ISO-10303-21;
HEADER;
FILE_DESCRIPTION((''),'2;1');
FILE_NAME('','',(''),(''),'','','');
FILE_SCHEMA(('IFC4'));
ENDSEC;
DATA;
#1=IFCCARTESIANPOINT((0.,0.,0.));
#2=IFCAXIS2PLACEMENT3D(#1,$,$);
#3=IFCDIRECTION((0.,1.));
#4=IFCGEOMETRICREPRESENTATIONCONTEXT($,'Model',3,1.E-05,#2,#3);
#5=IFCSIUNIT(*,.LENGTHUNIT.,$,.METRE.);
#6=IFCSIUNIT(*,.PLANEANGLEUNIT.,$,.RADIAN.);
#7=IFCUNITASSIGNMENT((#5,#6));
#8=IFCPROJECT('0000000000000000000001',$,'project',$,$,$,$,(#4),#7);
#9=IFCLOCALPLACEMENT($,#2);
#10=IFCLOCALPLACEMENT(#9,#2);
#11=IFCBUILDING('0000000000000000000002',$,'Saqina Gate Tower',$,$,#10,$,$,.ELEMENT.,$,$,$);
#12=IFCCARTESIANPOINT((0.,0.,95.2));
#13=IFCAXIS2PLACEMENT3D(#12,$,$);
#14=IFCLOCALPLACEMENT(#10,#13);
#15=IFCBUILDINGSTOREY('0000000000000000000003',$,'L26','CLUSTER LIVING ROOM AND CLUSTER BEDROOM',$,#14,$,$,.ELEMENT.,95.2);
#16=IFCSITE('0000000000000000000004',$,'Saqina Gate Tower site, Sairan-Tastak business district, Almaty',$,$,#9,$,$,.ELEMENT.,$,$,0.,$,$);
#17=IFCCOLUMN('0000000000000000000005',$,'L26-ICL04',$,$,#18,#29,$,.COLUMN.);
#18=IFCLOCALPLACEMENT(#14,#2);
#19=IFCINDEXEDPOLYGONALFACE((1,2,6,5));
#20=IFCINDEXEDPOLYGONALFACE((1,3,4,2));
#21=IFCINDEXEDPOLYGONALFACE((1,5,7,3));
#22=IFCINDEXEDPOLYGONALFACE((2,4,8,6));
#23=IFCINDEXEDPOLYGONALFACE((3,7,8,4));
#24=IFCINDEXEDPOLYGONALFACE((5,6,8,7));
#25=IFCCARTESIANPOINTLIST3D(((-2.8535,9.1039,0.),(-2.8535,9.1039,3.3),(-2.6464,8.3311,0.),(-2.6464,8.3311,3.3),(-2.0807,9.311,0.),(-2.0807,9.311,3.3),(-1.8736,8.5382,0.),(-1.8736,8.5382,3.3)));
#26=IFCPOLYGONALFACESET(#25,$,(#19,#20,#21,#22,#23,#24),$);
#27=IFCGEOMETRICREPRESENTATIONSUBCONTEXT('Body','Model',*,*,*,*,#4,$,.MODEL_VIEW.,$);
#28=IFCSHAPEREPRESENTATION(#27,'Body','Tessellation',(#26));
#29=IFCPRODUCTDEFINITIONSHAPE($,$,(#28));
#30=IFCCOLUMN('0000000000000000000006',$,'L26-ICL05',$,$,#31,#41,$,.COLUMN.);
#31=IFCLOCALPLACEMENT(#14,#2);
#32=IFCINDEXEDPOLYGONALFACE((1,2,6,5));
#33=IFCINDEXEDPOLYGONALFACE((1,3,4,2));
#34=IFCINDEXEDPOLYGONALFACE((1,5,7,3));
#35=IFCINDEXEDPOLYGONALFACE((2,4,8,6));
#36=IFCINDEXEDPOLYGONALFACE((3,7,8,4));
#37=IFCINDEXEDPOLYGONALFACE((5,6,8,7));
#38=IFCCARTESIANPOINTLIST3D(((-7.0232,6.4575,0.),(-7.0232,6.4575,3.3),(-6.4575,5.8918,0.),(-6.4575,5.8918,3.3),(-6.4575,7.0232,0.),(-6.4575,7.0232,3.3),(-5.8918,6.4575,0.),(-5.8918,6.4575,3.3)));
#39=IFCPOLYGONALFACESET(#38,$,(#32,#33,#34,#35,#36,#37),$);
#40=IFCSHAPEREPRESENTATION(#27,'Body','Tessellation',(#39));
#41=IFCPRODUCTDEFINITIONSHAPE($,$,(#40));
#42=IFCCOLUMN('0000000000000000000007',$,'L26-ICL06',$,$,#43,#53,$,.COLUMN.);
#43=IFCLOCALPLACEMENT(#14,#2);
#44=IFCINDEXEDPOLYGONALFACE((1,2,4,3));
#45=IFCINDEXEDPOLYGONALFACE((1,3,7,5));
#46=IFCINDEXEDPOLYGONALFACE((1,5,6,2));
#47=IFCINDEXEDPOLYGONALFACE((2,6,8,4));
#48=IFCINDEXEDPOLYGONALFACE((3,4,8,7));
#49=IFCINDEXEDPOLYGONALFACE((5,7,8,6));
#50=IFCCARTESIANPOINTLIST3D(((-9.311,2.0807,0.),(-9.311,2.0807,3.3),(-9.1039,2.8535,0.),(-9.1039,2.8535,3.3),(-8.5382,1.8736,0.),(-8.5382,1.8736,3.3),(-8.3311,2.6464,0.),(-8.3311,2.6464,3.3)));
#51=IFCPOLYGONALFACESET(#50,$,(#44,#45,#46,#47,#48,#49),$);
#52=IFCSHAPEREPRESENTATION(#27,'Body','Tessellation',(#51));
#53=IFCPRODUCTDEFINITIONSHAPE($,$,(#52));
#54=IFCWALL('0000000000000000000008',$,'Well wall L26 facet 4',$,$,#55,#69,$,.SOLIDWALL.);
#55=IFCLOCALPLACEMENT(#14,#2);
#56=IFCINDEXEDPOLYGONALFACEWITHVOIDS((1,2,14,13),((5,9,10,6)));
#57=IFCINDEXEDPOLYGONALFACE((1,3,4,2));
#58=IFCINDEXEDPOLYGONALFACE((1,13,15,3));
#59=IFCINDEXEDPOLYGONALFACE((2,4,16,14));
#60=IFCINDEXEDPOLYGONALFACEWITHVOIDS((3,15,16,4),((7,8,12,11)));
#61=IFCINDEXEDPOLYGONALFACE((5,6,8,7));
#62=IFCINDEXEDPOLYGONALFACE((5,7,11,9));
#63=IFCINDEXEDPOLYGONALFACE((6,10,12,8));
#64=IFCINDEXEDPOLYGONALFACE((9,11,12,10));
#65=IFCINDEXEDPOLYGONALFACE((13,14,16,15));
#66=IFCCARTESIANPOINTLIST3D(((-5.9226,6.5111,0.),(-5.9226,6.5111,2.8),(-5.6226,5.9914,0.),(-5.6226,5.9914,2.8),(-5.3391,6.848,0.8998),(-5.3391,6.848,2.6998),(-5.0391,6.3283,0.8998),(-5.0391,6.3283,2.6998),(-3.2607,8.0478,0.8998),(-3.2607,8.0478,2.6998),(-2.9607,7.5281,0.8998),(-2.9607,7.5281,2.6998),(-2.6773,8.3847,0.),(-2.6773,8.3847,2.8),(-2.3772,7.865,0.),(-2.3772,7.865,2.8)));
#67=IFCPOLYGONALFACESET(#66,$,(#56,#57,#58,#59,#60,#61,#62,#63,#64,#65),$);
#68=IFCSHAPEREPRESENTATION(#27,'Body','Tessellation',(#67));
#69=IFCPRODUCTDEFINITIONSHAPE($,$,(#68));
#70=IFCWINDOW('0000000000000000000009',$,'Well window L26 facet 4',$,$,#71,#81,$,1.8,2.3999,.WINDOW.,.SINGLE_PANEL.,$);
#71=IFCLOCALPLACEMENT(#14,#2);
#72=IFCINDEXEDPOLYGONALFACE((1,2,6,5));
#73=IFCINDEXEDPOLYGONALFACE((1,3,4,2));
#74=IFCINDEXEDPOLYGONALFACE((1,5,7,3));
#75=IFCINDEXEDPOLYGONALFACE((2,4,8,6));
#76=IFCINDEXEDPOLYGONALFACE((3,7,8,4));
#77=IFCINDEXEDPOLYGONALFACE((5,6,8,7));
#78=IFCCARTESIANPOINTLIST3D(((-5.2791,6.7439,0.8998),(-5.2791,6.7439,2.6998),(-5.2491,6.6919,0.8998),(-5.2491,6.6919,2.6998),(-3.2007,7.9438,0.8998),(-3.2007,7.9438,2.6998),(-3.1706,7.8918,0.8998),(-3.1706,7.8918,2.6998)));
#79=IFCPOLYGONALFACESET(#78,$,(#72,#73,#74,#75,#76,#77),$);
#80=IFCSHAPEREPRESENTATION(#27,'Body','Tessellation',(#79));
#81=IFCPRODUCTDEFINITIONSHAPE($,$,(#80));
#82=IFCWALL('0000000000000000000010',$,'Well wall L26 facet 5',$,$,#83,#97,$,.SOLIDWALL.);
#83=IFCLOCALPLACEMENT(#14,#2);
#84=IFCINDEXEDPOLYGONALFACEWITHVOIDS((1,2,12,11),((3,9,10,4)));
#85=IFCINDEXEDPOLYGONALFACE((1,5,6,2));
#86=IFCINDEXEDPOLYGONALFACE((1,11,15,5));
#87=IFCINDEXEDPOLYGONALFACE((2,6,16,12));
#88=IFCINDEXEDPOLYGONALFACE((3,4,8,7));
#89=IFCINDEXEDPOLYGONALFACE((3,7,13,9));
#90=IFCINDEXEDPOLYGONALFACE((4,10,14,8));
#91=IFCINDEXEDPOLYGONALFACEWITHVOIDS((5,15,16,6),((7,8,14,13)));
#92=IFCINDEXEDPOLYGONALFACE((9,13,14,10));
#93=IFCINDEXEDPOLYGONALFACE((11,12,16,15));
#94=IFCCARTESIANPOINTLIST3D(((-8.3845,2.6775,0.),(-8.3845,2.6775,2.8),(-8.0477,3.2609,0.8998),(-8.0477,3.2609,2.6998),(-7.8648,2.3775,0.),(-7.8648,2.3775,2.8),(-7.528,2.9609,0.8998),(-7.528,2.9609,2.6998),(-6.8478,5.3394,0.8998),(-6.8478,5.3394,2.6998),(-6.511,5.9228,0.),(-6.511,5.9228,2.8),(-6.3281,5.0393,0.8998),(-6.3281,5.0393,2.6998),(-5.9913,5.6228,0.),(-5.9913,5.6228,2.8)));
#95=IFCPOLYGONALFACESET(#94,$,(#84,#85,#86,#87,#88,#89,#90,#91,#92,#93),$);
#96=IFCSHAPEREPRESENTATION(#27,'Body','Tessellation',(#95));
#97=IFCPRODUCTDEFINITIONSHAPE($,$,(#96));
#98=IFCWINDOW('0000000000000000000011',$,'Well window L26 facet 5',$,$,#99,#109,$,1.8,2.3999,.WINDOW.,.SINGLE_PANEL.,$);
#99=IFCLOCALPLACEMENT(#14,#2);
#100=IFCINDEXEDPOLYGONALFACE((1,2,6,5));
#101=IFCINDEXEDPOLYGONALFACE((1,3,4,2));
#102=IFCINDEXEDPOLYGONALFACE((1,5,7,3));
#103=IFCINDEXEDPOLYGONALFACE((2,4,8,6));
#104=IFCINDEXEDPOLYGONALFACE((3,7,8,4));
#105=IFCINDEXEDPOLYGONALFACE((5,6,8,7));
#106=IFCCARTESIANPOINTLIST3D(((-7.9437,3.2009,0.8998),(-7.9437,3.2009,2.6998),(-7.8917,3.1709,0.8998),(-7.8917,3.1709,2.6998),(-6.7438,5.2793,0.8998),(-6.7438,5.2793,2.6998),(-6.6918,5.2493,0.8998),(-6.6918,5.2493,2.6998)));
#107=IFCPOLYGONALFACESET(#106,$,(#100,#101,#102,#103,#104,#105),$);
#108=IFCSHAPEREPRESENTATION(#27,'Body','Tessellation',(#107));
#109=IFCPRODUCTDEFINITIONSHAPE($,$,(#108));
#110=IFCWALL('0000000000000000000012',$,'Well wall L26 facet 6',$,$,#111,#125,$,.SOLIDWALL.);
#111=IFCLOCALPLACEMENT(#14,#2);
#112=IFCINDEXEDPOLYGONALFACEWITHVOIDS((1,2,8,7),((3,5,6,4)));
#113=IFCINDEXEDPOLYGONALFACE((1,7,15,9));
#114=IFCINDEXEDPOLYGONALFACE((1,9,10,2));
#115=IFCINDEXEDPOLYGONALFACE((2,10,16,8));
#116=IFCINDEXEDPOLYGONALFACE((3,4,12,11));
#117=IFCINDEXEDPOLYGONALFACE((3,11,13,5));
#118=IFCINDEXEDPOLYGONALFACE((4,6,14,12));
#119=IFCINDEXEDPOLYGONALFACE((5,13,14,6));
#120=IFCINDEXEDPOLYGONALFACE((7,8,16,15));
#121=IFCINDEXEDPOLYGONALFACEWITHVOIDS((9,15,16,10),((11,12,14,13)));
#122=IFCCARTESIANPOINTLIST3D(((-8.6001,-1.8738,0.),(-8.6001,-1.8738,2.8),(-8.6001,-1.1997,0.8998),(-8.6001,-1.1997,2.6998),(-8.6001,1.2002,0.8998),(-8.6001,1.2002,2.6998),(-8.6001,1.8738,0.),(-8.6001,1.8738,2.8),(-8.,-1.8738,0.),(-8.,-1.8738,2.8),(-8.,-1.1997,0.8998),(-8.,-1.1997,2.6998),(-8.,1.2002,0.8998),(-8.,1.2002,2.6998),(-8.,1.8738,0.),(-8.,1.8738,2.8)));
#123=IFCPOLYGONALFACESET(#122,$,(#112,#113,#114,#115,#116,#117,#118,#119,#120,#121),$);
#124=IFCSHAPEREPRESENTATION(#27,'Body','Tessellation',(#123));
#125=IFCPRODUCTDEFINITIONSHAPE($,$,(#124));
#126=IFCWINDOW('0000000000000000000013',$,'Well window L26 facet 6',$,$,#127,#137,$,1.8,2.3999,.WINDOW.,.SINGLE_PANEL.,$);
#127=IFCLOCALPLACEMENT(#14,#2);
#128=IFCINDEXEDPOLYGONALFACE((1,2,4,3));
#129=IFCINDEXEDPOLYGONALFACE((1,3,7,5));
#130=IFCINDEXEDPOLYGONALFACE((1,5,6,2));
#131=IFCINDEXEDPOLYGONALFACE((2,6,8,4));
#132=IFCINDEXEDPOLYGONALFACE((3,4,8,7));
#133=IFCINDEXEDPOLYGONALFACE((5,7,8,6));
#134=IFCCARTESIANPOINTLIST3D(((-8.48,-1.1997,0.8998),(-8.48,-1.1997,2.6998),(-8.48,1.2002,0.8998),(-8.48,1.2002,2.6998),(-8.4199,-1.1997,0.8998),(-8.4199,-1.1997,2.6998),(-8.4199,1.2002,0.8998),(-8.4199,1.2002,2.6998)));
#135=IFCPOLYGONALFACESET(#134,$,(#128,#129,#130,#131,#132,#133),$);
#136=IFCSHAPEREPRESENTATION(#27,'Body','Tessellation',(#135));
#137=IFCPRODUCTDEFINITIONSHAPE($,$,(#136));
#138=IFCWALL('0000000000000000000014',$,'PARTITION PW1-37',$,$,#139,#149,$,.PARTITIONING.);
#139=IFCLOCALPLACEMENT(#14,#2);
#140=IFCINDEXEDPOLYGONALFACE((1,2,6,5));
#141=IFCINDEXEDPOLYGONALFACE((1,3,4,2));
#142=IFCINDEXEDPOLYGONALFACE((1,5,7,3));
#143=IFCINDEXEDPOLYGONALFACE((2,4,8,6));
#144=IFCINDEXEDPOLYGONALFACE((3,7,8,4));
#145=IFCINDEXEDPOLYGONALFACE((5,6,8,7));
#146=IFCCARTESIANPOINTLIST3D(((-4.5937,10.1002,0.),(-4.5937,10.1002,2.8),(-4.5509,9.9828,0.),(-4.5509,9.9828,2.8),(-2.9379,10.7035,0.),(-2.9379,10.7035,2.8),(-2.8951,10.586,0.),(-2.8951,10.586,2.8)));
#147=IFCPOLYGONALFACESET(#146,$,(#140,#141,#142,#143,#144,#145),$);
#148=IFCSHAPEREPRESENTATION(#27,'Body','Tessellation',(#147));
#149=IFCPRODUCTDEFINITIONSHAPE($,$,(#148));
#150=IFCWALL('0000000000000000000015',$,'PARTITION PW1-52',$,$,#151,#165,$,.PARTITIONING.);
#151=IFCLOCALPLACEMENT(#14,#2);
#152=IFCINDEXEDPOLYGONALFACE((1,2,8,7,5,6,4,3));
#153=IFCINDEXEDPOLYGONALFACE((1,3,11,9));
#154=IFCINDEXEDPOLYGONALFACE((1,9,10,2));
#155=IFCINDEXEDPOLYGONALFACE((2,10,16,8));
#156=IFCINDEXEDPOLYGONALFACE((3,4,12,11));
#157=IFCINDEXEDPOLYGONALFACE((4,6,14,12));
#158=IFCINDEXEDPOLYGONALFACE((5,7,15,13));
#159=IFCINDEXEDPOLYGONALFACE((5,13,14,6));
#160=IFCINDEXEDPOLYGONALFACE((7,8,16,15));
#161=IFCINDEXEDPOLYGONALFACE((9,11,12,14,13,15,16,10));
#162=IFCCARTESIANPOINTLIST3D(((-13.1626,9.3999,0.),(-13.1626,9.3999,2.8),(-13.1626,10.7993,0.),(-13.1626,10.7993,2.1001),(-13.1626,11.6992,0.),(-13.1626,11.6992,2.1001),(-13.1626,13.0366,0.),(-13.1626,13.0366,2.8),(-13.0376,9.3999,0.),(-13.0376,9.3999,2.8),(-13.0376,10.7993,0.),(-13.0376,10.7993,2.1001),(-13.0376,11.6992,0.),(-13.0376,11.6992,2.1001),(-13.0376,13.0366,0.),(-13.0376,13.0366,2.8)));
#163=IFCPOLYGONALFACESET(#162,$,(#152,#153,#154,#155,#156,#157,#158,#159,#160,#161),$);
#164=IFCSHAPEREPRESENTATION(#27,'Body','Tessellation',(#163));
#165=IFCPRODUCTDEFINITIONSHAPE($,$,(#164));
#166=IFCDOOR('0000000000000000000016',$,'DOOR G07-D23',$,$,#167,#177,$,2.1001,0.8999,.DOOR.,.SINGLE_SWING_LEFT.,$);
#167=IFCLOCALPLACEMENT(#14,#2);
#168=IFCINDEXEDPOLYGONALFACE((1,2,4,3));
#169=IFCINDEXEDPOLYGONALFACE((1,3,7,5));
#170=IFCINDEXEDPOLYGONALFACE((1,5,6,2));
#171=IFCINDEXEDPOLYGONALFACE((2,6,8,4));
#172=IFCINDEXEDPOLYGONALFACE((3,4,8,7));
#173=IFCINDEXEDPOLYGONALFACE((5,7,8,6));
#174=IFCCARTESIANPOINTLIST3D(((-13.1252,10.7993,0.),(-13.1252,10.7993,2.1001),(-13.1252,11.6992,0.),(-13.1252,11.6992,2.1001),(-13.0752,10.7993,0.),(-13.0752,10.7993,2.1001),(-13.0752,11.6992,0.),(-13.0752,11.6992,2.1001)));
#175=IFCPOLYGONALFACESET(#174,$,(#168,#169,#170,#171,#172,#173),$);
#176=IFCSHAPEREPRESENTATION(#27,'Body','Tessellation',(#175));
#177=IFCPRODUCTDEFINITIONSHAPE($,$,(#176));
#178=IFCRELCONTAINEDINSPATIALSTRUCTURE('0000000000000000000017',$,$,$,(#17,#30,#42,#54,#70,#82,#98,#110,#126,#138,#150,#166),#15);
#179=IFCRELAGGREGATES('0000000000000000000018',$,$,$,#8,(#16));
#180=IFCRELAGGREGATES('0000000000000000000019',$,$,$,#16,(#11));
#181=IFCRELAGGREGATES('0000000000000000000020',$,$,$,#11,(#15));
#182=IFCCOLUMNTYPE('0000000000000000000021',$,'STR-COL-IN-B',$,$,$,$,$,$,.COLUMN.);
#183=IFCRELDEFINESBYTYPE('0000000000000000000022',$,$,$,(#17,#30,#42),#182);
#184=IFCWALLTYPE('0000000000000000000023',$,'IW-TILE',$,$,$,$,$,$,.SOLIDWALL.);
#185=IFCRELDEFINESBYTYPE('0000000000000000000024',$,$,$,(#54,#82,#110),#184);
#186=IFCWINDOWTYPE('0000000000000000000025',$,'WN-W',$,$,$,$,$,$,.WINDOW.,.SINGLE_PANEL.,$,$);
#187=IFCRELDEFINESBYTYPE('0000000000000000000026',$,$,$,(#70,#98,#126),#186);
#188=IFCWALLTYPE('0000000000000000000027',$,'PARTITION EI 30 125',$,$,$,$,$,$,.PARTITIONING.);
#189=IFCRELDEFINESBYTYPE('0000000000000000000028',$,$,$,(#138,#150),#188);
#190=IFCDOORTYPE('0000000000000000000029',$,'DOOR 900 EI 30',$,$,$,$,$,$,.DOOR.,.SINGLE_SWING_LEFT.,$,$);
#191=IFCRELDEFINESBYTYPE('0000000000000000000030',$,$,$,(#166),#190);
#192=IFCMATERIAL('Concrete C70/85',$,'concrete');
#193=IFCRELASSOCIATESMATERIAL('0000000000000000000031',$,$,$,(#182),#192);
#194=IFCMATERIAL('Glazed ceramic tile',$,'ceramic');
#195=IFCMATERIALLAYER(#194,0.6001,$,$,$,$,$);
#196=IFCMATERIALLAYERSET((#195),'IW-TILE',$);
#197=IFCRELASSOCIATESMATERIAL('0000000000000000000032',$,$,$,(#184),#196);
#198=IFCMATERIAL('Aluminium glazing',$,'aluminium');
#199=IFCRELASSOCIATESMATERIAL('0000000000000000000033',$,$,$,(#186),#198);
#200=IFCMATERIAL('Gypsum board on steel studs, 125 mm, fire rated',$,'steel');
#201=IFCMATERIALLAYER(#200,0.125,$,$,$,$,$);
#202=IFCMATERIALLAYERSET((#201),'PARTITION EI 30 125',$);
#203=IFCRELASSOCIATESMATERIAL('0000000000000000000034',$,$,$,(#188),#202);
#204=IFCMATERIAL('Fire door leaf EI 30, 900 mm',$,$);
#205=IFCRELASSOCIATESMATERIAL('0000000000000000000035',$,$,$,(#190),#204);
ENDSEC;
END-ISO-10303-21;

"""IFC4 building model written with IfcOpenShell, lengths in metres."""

from ifc_helpers import new_model, si_unit, direction, frame, frame_2d, origin, origin_2d, place, context, subcontext, project, spatial, rectangle, extrude, material, layer, layer_set, material_profile, profile_set, type_object, element, fill, save


model = new_model("IFC4")

# Units and contexts
model_context = context("Model", 3, precision=1e-05, world=origin(), true_north=direction((0.0, 1.0)))
body_context = subcontext(model_context, "Body", "Model", "MODEL_VIEW")
ifc_project = project(units=[si_unit("LENGTHUNIT", "METRE"), si_unit("PLANEANGLEUNIT", "RADIAN")], contexts=[model_context])

# Site, building, storey
site_placement = place(None, origin())
site = spatial("IfcSite", under=ifc_project, at=site_placement, Name="Saqina Gate Tower site, Sairan-Tastak business district, Almaty", CompositionType="ELEMENT", RefElevation=0.0)
building_placement = place(site_placement, origin())
building = spatial("IfcBuilding", under=site, at=building_placement, Name="Saqina Gate Tower", CompositionType="ELEMENT")
storey_placement = place(building_placement, frame((0.0, 0.0, 95.2)))
storey = spatial("IfcBuildingStorey", under=building, at=storey_placement, Name="L26", Description="CLUSTER LIVING ROOM AND CLUSTER BEDROOM", CompositionType="ELEMENT", Elevation=95.2)

# Columns
ifc_material_1 = material(Name="Concrete C70/85", Category="concrete")
ifc_material_profile = material_profile(ifc_material_1, rectangle(XDim=0.8, YDim=0.8, at=origin_2d()), Name="RC 800x800")
ifc_profile_set = profile_set([ifc_material_profile], Name="Concrete C70/85")
column_type = type_object("IfcColumnType", Name="STR-COL-IN-B", PredefinedType="COLUMN", material=ifc_profile_set)
for number, where, z_axis, x_axis, name in (
    (1, (-2.3635, 8.821, 0.0), (0.0, 0.0, 1.0), (-0.258819, 0.965926, 0.0), "L26-ICL04"),
    (2, (-6.4575, 6.4575, 0.0), (0.0, 0.0, 1.0), (-0.707107, 0.707107, 0.0), "L26-ICL05"),
    (3, (-8.821, 2.3635, 0.0), (0.0, 0.0, 1.0), (-0.965926, 0.258819, 0.0), "L26-ICL06"),
):
    element("IfcColumn", number, at=place(storey_placement, frame(where, z_axis=z_axis, x_axis=x_axis)), inside=storey, type_object=column_type, Name=name, PredefinedType="COLUMN", context=body_context, shape_type="SweptSolid", body=[
        extrude(rectangle(XDim=0.8, YDim=0.8, at=origin_2d()), origin(), (0.0, 0.0, 1.0), 3.3),
    ])

# Walls, openings, windows
ifc_material_2 = material(Name="Glazed ceramic tile", Category="ceramic")
ifc_layer_1 = layer(ifc_material_2, 0.6001)
ifc_layer_set_1 = layer_set([ifc_layer_1], Name="IW-TILE")
wall_type_1 = type_object("IfcWallType", Name="IW-TILE", PredefinedType="SOLIDWALL", material=ifc_layer_set_1)
wall_1_placement = place(storey_placement, frame((-2.5273, 8.1248, 0.0), z_axis=(0.0, 0.0, 1.0), x_axis=(-0.866046, -0.499965, 0.0)))
wall_1 = element("IfcWall", 4, at=wall_1_placement, inside=storey, type_object=wall_type_1, Name="Well wall L26 facet 4", PredefinedType="SOLIDWALL", context=body_context, shape_type="SweptSolid", body=[
    extrude(rectangle(XDim=3.7473, YDim=0.6001, at=frame_2d((1.8735, 0.0))), origin(), (0.0, 0.0, 1.0), 2.8),
])
opening_1_placement = place(wall_1_placement, frame((0.6736, 0.0, 0.8999)))
opening_1 = element("IfcOpeningElement", 5, at=opening_1_placement, cuts=wall_1, PredefinedType="OPENING", context=body_context, shape_type="SweptSolid", body=[
    extrude(rectangle(XDim=2.3999, YDim=1.8, at=frame_2d((1.2, 0.8999))), frame((0.0, 0.312, 0.0), z_axis=(0.0, -1.0, 0.0), x_axis=(1.0, 0.0, 0.0)), (0.0, 0.0, 1.0), 0.624),
])
ifc_material_3 = material(Name="Aluminium glazing", Category="aluminium")
window_type = type_object("IfcWindowType", Name="WN-W", PartitioningType="SINGLE_PANEL", PredefinedType="WINDOW", material=ifc_material_3)
window_1_placement = place(opening_1_placement, origin())
window_1 = element("IfcWindow", 6, at=window_1_placement, inside=storey, type_object=window_type, Name="Well window L26 facet 4", OverallHeight=1.8, OverallWidth=2.3999, PartitioningType="SINGLE_PANEL", PredefinedType="WINDOW", context=body_context, shape_type="SweptSolid", body=[
    extrude(rectangle(XDim=2.3999, YDim=1.8, at=frame_2d((1.2, 0.8999))), frame((0.0, -0.1199, 0.0), z_axis=(0.0, -1.0, 0.0), x_axis=(1.0, 0.0, 0.0)), (0.0, 0.0, 1.0), 0.0601),
])
fill(opening_1, window_1)
wall_2_placement = place(storey_placement, frame((-6.2512, 5.7727, 0.0), z_axis=(0.0, 0.0, 1.0), x_axis=(-0.499965, -0.866046, 0.0)))
wall_2 = element("IfcWall", 7, at=wall_2_placement, inside=storey, type_object=wall_type_1, Name="Well wall L26 facet 5", PredefinedType="SOLIDWALL", context=body_context, shape_type="SweptSolid", body=[
    extrude(rectangle(XDim=3.7473, YDim=0.6001, at=frame_2d((1.8735, 0.0))), origin(), (0.0, 0.0, 1.0), 2.8),
])
opening_2_placement = place(wall_2_placement, frame((0.6736, 0.0, 0.8999)))
opening_2 = element("IfcOpeningElement", 8, at=opening_2_placement, cuts=wall_2, PredefinedType="OPENING", context=body_context, shape_type="SweptSolid", body=[
    extrude(rectangle(XDim=2.3999, YDim=1.8, at=frame_2d((1.2, 0.8999))), frame((0.0, 0.312, 0.0), z_axis=(0.0, -1.0, 0.0), x_axis=(1.0, 0.0, 0.0)), (0.0, 0.0, 1.0), 0.624),
])
window_2_placement = place(opening_2_placement, origin())
window_2 = element("IfcWindow", 9, at=window_2_placement, inside=storey, type_object=window_type, Name="Well window L26 facet 5", OverallHeight=1.8, OverallWidth=2.3999, PartitioningType="SINGLE_PANEL", PredefinedType="WINDOW", context=body_context, shape_type="SweptSolid", body=[
    extrude(rectangle(XDim=2.3999, YDim=1.8, at=frame_2d((1.2, 0.8999))), frame((0.0, -0.1199, 0.0), z_axis=(0.0, -1.0, 0.0), x_axis=(1.0, 0.0, 0.0)), (0.0, 0.0, 1.0), 0.0601),
])
fill(opening_2, window_2)
wall_3_placement = place(storey_placement, frame((-8.3, 1.8738, 0.0), z_axis=(0.0, 0.0, 1.0), x_axis=(0.0, -1.0, 0.0)))
wall_3 = element("IfcWall", 10, at=wall_3_placement, inside=storey, type_object=wall_type_1, Name="Well wall L26 facet 6", PredefinedType="SOLIDWALL", context=body_context, shape_type="SweptSolid", body=[
    extrude(rectangle(XDim=3.7476, YDim=0.6001, at=frame_2d((1.8738, 0.0))), origin(), (0.0, 0.0, 1.0), 2.8),
])
opening_3_placement = place(wall_3_placement, frame((0.6736, 0.0, 0.8999)))
opening_3 = element("IfcOpeningElement", 11, at=opening_3_placement, cuts=wall_3, PredefinedType="OPENING", context=body_context, shape_type="SweptSolid", body=[
    extrude(rectangle(XDim=2.3999, YDim=1.8, at=frame_2d((1.2, 0.8999))), frame((0.0, 0.312, 0.0), z_axis=(0.0, -1.0, 0.0), x_axis=(1.0, 0.0, 0.0)), (0.0, 0.0, 1.0), 0.624),
])
window_3_placement = place(opening_3_placement, origin())
window_3 = element("IfcWindow", 12, at=window_3_placement, inside=storey, type_object=window_type, Name="Well window L26 facet 6", OverallHeight=1.8, OverallWidth=2.3999, PartitioningType="SINGLE_PANEL", PredefinedType="WINDOW", context=body_context, shape_type="SweptSolid", body=[
    extrude(rectangle(XDim=2.3999, YDim=1.8, at=frame_2d((1.2, 0.8999))), frame((0.0, -0.1199, 0.0), z_axis=(0.0, -1.0, 0.0), x_axis=(1.0, 0.0, 0.0)), (0.0, 0.0, 1.0), 0.0601),
])
fill(opening_3, window_3)

# Wall
ifc_material_4 = material(Name="Gypsum board on steel studs, 125 mm, fire rated", Category="steel")
ifc_layer_2 = layer(ifc_material_4, 0.125)
ifc_layer_set_2 = layer_set([ifc_layer_2], Name="PARTITION EI 30 125")
wall_type_2 = type_object("IfcWallType", Name="PARTITION EI 30 125", PredefinedType="PARTITIONING", material=ifc_layer_set_2)
wall_4_placement = place(storey_placement, frame((-4.5723, 10.0415, 0.0), z_axis=(0.0, 0.0, 1.0), x_axis=(0.939579, 0.342333, 0.0)))
element("IfcWall", 13, at=wall_4_placement, inside=storey, type_object=wall_type_2, Name="PARTITION PW1-37", PredefinedType="PARTITIONING", context=body_context, shape_type="SweptSolid", body=[
    extrude(rectangle(XDim=1.7622, YDim=0.125, at=frame_2d((0.8811, 0.0))), origin(), (0.0, 0.0, 1.0), 2.8),
])

# Wall, opening, door
wall_5_placement = place(storey_placement, frame((-13.1001, 9.3999, 0.0), z_axis=(0.0, 0.0, 1.0), x_axis=(0.0, 1.0, 0.0)))
wall_5 = element("IfcWall", 14, at=wall_5_placement, inside=storey, type_object=wall_type_2, Name="PARTITION PW1-52", PredefinedType="PARTITIONING", context=body_context, shape_type="SweptSolid", body=[
    extrude(rectangle(XDim=3.6367, YDim=0.125, at=frame_2d((1.8184, 0.0))), origin(), (0.0, 0.0, 1.0), 2.8),
])
opening_4_placement = place(wall_5_placement, frame((1.3994, 0.0, 0.0)))
opening_4 = element("IfcOpeningElement", 15, at=opening_4_placement, cuts=wall_5, PredefinedType="OPENING", context=body_context, shape_type="SweptSolid", body=[
    extrude(rectangle(XDim=0.8999, YDim=2.1001, at=frame_2d((0.45, 1.05))), frame((0.0, 0.0745, 0.0), z_axis=(0.0, -1.0, 0.0), x_axis=(1.0, 0.0, 0.0)), (0.0, 0.0, 1.0), 0.1489),
])
ifc_material_5 = material(Name="Fire door leaf EI 30, 900 mm")
door_type_1 = type_object("IfcDoorType", Name="DOOR 900 EI 30", OperationType="SINGLE_SWING_LEFT", PredefinedType="DOOR", material=ifc_material_5)
door_1_placement = place(opening_4_placement, frame((0.8999, 0.0, 0.0), z_axis=(0.0, 0.0, 1.0), x_axis=(-1.0, 0.0, 0.0)))
door_1 = element("IfcDoor", 16, at=door_1_placement, inside=storey, type_object=door_type_1, Name="DOOR G07-D23", OperationType="SINGLE_SWING_LEFT", OverallHeight=2.1001, OverallWidth=0.8999, PredefinedType="DOOR", context=body_context, shape_type="SweptSolid", body=[
    extrude(rectangle(XDim=0.8999, YDim=2.1001, at=frame_2d((0.45, 1.05))), frame((0.0, 0.0249, 0.0), z_axis=(0.0, -1.0, 0.0), x_axis=(1.0, 0.0, 0.0)), (0.0, 0.0, 1.0), 0.05),
])
fill(opening_4, door_1)

save(model, "model.ifc")
